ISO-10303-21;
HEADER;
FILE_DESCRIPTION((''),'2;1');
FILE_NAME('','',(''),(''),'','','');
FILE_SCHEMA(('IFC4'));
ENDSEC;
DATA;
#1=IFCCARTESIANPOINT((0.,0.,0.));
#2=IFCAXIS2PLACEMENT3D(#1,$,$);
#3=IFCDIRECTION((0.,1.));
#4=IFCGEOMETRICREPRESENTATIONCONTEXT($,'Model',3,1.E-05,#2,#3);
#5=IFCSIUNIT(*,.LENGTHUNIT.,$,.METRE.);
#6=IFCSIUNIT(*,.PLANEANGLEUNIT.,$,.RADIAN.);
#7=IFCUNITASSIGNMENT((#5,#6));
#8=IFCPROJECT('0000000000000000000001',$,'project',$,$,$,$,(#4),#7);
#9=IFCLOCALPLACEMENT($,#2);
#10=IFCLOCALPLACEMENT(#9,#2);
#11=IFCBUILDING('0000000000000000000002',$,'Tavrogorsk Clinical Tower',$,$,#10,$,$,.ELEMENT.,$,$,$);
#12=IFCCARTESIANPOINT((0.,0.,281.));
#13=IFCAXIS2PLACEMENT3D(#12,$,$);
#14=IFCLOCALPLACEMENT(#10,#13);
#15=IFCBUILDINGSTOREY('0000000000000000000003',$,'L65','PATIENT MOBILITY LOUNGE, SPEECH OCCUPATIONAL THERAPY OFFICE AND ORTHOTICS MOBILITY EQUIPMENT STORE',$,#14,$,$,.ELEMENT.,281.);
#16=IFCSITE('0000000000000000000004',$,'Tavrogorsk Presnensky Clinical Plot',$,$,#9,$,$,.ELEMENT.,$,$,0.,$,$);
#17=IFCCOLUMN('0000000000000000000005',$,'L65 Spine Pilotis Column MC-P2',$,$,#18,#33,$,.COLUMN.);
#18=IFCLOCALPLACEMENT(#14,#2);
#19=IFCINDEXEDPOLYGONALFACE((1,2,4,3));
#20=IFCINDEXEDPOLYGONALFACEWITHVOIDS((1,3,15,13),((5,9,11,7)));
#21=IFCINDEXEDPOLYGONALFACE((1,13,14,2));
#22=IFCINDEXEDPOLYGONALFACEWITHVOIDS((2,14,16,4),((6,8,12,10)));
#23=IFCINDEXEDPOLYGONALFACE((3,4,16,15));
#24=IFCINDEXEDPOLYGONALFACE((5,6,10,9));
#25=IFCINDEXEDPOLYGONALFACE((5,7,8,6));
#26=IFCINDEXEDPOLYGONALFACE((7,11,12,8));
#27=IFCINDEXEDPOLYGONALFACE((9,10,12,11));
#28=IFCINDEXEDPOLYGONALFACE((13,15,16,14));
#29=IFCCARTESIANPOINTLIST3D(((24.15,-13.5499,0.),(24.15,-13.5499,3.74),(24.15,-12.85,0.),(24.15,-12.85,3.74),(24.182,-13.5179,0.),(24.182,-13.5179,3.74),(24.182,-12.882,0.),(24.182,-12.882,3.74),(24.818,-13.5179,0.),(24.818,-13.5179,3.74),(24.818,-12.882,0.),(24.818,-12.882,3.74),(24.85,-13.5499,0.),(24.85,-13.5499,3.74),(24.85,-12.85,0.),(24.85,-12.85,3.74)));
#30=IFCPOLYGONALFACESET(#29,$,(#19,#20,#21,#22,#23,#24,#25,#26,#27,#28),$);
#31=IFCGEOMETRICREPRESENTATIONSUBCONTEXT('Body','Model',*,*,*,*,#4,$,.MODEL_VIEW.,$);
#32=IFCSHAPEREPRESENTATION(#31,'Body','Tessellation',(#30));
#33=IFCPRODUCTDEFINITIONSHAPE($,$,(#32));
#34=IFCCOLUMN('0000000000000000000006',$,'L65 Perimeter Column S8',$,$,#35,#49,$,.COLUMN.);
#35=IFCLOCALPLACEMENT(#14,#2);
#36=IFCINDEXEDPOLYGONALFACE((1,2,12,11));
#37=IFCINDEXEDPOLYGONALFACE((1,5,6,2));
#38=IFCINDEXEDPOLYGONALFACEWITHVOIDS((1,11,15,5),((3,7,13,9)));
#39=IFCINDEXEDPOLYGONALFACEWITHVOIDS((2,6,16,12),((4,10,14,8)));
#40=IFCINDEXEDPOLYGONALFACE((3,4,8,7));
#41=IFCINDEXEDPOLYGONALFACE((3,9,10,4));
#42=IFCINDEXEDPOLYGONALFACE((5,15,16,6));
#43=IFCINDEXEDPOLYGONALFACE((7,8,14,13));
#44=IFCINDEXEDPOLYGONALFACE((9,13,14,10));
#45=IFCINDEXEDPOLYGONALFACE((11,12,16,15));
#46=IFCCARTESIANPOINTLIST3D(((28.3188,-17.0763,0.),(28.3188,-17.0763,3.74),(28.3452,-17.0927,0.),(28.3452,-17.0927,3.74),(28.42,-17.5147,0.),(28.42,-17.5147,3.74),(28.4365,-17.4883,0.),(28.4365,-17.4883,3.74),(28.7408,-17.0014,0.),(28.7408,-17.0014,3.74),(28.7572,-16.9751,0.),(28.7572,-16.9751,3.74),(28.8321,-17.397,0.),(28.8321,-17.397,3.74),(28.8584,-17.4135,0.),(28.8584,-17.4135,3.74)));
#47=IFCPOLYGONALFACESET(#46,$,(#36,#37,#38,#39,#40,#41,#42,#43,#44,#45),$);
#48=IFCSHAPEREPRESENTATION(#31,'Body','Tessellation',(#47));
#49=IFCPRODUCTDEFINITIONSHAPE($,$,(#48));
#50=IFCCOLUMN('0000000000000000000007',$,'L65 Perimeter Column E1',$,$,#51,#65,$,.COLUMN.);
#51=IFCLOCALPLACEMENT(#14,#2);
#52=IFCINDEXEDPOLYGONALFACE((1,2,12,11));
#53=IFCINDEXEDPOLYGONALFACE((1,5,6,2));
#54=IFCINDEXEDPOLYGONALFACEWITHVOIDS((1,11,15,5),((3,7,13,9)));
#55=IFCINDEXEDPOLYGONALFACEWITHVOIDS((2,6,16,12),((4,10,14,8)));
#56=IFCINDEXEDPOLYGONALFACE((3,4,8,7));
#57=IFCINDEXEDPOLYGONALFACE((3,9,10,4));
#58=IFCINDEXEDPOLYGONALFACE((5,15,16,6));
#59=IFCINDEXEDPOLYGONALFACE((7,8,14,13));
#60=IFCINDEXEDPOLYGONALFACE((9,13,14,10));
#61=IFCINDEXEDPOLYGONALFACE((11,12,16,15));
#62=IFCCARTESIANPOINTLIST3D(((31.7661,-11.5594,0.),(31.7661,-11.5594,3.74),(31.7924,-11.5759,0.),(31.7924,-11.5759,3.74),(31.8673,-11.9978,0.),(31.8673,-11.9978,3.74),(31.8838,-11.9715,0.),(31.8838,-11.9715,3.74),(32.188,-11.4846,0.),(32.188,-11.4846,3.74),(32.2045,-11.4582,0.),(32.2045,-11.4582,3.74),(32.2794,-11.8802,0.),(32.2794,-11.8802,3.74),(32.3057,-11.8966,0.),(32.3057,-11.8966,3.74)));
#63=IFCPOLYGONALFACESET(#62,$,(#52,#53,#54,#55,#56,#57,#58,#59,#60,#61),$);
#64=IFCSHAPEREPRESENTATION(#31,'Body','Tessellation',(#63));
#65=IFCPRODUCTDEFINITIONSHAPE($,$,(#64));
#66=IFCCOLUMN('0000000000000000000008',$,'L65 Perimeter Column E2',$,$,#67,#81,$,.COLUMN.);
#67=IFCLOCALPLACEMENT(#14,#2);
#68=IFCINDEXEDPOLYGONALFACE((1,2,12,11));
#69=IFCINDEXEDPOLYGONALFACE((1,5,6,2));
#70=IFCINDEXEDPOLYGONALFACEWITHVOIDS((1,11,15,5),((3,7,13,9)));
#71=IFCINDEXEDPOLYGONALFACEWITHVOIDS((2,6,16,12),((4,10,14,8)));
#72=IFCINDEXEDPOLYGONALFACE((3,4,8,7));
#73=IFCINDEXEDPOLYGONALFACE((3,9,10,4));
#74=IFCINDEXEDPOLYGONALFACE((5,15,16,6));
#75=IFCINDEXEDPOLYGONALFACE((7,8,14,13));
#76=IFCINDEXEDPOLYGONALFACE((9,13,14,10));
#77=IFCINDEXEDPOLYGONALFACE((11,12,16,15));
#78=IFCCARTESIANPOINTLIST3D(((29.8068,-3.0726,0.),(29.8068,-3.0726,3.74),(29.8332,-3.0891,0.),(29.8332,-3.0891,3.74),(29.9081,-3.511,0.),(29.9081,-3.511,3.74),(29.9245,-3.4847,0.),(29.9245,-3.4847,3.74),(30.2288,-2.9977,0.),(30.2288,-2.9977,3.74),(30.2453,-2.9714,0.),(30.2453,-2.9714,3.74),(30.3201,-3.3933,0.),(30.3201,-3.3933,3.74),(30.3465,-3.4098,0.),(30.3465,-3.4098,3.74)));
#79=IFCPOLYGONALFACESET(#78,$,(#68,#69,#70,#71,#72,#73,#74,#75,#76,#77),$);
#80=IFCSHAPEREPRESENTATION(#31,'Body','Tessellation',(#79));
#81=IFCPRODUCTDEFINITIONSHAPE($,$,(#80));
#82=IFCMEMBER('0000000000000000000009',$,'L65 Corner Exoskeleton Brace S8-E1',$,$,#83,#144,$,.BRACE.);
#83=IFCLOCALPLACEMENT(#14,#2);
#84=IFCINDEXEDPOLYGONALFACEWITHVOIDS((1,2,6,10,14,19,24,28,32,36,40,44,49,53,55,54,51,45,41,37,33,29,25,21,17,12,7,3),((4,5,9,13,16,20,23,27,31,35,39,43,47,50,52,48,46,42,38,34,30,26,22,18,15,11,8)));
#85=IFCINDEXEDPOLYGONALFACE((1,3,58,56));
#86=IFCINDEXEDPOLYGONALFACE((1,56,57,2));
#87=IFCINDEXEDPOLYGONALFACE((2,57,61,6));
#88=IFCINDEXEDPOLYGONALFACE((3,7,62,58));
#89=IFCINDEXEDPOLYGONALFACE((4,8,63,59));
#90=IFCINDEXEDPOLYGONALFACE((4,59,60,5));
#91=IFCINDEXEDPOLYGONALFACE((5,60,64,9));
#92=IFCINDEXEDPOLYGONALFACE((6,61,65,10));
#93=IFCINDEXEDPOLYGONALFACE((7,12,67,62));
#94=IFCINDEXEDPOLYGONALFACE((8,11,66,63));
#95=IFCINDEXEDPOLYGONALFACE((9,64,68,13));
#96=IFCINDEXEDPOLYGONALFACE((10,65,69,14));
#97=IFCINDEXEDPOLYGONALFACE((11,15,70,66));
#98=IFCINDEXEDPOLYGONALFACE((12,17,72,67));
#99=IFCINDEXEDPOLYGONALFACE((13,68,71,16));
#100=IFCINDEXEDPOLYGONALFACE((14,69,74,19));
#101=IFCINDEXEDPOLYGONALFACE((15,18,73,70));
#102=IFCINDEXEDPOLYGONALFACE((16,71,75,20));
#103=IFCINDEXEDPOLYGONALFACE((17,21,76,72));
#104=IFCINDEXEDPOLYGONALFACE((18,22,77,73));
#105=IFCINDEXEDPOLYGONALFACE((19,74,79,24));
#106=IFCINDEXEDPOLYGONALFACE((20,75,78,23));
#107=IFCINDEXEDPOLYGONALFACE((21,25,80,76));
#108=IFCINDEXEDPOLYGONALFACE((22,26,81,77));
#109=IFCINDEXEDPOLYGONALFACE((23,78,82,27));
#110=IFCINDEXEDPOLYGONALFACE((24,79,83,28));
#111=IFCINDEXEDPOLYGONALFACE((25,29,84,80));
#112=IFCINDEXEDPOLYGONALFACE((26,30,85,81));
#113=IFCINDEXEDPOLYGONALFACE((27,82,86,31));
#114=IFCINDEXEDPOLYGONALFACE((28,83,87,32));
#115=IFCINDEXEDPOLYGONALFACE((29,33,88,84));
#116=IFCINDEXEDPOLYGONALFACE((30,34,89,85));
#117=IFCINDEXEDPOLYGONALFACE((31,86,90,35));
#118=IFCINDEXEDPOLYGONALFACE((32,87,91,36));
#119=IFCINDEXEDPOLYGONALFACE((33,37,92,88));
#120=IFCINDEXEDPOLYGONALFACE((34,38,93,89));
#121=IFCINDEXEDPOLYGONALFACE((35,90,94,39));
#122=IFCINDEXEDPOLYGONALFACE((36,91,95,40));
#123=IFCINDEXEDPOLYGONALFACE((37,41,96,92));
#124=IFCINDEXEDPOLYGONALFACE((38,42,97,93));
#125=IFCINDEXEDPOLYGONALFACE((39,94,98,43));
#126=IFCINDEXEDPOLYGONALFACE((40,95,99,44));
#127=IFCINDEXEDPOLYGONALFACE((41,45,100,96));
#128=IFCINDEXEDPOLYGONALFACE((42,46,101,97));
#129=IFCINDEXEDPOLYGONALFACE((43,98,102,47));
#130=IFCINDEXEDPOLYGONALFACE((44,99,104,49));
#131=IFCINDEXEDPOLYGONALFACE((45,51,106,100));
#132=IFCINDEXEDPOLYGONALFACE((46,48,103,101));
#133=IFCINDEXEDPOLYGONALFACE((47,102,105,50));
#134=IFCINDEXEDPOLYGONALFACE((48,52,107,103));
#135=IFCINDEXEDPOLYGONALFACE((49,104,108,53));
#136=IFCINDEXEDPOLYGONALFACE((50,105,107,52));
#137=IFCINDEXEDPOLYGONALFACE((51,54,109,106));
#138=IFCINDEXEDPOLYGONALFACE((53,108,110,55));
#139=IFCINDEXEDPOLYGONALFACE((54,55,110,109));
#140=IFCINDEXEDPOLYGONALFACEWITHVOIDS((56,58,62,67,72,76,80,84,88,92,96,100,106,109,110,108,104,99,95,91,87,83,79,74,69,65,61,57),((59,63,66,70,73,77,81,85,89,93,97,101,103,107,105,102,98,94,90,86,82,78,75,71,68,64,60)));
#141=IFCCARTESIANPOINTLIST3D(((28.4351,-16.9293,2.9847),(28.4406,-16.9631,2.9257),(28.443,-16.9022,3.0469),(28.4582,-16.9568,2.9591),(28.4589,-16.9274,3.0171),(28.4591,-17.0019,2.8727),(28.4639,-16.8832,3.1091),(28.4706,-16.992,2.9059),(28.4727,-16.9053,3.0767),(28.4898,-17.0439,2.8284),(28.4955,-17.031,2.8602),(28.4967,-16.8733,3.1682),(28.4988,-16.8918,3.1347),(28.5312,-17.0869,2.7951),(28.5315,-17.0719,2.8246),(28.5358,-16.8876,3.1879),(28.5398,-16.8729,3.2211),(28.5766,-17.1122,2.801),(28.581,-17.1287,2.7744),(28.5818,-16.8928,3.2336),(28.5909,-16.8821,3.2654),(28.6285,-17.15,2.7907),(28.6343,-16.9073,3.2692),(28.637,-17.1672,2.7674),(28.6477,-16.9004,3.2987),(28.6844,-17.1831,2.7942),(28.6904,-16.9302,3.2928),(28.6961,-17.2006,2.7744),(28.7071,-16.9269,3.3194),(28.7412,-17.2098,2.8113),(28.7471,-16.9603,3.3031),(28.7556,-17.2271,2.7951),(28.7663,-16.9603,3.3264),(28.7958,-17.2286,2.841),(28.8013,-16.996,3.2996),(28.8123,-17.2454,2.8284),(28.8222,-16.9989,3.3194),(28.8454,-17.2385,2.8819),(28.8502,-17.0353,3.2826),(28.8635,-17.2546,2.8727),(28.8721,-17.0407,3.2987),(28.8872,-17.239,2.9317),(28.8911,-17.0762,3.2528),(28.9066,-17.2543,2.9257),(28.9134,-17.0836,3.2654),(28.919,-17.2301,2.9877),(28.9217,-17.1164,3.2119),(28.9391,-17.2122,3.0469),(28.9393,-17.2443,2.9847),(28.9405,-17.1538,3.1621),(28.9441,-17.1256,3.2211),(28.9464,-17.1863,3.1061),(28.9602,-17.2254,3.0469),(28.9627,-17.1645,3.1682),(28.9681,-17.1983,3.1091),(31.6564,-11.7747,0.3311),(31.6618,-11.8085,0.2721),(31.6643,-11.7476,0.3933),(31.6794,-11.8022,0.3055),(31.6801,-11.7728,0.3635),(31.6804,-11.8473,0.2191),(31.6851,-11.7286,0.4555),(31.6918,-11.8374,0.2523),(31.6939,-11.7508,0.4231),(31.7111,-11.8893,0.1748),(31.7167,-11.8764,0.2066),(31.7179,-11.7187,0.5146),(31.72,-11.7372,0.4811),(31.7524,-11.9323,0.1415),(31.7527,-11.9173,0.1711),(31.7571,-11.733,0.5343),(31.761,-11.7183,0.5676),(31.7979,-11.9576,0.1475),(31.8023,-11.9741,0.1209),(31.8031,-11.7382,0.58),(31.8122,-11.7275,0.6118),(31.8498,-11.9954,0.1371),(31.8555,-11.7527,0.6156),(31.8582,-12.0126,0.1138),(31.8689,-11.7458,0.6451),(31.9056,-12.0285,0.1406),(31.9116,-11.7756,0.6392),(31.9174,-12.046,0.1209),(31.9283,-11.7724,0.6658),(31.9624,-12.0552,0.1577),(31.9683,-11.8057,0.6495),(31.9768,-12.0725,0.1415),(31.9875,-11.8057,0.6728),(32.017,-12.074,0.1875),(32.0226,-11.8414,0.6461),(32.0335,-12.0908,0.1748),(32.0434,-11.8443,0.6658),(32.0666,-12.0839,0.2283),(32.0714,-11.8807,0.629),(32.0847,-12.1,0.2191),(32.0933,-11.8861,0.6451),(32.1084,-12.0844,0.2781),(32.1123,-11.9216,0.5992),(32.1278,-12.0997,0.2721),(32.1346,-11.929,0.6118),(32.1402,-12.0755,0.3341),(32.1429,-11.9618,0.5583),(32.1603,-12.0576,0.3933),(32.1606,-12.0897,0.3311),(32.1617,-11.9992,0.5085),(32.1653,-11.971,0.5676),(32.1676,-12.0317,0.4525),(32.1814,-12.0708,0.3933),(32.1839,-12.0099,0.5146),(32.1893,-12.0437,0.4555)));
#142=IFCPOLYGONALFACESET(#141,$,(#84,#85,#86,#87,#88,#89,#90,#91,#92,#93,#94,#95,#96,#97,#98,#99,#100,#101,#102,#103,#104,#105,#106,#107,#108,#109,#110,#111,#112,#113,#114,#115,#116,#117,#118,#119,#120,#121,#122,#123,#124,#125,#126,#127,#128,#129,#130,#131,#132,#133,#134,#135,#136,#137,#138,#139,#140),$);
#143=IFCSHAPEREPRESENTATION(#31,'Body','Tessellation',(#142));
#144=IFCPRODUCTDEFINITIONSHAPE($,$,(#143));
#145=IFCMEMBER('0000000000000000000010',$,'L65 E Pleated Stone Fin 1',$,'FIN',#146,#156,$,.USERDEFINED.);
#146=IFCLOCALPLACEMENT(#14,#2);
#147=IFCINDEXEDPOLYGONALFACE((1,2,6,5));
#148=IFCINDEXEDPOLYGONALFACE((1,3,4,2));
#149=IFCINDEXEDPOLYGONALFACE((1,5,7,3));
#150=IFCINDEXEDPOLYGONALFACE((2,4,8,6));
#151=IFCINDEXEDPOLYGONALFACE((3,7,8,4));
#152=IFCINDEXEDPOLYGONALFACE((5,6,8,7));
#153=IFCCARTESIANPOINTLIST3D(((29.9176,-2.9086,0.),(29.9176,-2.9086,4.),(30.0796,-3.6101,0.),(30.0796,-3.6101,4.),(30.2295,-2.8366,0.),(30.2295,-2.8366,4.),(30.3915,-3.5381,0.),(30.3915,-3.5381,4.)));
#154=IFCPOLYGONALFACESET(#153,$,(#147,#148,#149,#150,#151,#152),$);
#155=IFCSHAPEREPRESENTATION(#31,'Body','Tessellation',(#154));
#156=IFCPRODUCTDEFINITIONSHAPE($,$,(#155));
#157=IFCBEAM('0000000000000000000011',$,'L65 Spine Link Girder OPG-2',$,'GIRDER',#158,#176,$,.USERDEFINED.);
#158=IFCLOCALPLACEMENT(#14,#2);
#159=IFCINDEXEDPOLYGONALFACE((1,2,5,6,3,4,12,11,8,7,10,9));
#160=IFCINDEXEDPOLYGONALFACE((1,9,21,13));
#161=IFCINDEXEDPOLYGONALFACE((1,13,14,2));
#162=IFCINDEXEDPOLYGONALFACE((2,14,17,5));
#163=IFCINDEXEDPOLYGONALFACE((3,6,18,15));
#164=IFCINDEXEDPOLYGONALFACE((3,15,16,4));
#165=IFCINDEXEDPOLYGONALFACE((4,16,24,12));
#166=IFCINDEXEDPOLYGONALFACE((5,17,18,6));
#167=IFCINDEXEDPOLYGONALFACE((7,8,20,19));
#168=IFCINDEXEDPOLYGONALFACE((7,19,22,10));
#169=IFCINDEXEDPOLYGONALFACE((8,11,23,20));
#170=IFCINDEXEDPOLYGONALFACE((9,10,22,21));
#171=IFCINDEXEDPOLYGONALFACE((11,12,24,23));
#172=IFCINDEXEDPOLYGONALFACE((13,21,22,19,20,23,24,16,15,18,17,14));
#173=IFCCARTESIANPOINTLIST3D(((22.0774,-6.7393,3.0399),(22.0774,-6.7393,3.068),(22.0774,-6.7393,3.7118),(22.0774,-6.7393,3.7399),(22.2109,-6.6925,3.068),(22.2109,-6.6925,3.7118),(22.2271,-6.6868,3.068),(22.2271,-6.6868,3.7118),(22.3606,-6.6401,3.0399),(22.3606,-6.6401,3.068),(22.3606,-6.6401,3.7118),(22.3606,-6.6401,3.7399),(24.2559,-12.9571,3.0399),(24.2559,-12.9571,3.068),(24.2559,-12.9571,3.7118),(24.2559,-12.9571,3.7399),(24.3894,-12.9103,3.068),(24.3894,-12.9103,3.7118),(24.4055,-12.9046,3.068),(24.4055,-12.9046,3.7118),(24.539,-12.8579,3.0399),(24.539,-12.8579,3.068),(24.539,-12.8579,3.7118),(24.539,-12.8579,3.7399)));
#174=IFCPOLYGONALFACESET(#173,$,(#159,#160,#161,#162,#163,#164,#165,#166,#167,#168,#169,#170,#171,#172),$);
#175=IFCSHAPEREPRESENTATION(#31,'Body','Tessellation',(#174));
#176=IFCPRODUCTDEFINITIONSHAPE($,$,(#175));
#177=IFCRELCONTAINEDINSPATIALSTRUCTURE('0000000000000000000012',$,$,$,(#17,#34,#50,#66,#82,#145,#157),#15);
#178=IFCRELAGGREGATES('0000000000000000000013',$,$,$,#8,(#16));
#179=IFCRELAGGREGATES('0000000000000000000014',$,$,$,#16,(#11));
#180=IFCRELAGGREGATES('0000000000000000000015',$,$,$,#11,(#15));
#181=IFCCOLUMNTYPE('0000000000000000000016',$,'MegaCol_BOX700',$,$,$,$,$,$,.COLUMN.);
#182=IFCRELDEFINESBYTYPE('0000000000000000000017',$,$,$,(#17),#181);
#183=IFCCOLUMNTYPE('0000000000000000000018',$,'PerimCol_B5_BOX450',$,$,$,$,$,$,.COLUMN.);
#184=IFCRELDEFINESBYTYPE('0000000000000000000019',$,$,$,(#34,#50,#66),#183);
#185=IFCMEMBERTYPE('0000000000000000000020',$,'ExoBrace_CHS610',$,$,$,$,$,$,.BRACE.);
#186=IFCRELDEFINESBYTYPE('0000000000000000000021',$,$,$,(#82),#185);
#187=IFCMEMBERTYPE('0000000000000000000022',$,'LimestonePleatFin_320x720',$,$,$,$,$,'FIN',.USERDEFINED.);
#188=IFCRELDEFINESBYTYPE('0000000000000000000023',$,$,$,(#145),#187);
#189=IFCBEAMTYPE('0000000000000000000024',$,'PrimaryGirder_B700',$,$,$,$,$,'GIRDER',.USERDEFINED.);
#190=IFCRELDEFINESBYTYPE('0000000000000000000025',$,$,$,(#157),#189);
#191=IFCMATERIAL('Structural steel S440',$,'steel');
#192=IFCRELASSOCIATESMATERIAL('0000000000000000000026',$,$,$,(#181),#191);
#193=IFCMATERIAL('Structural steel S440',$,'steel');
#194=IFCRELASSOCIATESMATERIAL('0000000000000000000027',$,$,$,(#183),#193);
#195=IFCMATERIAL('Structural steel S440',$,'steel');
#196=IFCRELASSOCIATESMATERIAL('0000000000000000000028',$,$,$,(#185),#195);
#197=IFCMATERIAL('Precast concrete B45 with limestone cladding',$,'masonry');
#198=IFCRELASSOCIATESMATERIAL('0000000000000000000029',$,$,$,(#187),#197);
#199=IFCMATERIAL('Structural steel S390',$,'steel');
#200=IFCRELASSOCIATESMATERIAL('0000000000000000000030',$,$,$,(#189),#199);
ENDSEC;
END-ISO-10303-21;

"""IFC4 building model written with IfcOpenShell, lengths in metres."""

from ifc_helpers import new_model, si_unit, direction, frame, origin, origin_2d, place, context, subcontext, project, spatial, rectangle, hollow_rectangle, hollow_circle, i_section, extrude, material, material_profile, profile_set, type_object, element, save


model = new_model("IFC4")

# Units and contexts
model_context = context("Model", 3, precision=1e-05, world=origin(), true_north=direction((0.0, 1.0)))
body_context = subcontext(model_context, "Body", "Model", "MODEL_VIEW")
ifc_project = project(units=[si_unit("LENGTHUNIT", "METRE"), si_unit("PLANEANGLEUNIT", "RADIAN")], contexts=[model_context])

# Site, building, storey
site_placement = place(None, origin())
site = spatial("IfcSite", under=ifc_project, at=site_placement, Name="Tavrogorsk Presnensky Clinical Plot", CompositionType="ELEMENT", RefElevation=0.0)
building_placement = place(site_placement, origin())
building = spatial("IfcBuilding", under=site, at=building_placement, Name="Tavrogorsk Clinical Tower", CompositionType="ELEMENT")
storey_placement = place(building_placement, frame((0.0, 0.0, 281.0)))
storey = spatial("IfcBuildingStorey", under=building, at=storey_placement, Name="L65", Description="PATIENT MOBILITY LOUNGE, SPEECH OCCUPATIONAL THERAPY OFFICE AND ORTHOTICS MOBILITY EQUIPMENT STORE", CompositionType="ELEMENT", Elevation=281.0)

# Columns
ifc_material_1 = material(Name="Structural steel S440", Category="steel")
ifc_material_profile_1 = material_profile(ifc_material_1, hollow_rectangle(XDim=0.7, YDim=0.7, WallThickness=0.032, at=origin_2d()), Name="BOX-700x700x32")
ifc_profile_set_1 = profile_set([ifc_material_profile_1], Name="Structural steel S440")
column_type_1 = type_object("IfcColumnType", Name="MegaCol_BOX700", PredefinedType="COLUMN", material=ifc_profile_set_1)
column_placement = place(storey_placement, frame((24.5, -13.2, 0.0), z_axis=(0.0, 0.0, 1.0), x_axis=(1.0, 0.0, 0.0)))
element("IfcColumn", 1, at=column_placement, inside=storey, type_object=column_type_1, Name="L65 Spine Pilotis Column MC-P2", PredefinedType="COLUMN", context=body_context, shape_type="SweptSolid", body=[
    extrude(hollow_rectangle(XDim=0.7, YDim=0.7, WallThickness=0.032, at=origin_2d()), origin(), (0.0, 0.0, 1.0), 3.74),
])
ifc_material_2 = material(Name="Structural steel S440", Category="steel")
ifc_material_profile_2 = material_profile(ifc_material_2, hollow_rectangle(XDim=0.45, YDim=0.45, WallThickness=0.022, at=origin_2d()), Name="BOX-450x450x22")
ifc_profile_set_2 = profile_set([ifc_material_profile_2], Name="Structural steel S440")
column_type_2 = type_object("IfcColumnType", Name="PerimCol_B5_BOX450", PredefinedType="COLUMN", material=ifc_profile_set_2)
for number, where, z_axis, x_axis, name in (
    (2, (28.5886, -17.2449, 0.0), (0.0, 0.0, 1.0), (0.97437, 0.224951, 0.0), "L65 Perimeter Column S8"),
    (3, (32.0359, -11.728, 0.0), (0.0, 0.0, 1.0), (0.97437, 0.224951, 0.0), "L65 Perimeter Column E1"),
    (4, (30.0767, -3.2412, 0.0), (0.0, 0.0, 1.0), (0.97437, 0.224951, 0.0), "L65 Perimeter Column E2"),
):
    element("IfcColumn", number, at=place(storey_placement, frame(where, z_axis=z_axis, x_axis=x_axis)), inside=storey, type_object=column_type_2, Name=name, PredefinedType="COLUMN", context=body_context, shape_type="SweptSolid", body=[
        extrude(hollow_rectangle(XDim=0.45, YDim=0.45, WallThickness=0.022, at=origin_2d()), origin(), (0.0, 0.0, 1.0), 3.74),
    ])

# Members
ifc_material_3 = material(Name="Structural steel S440", Category="steel")
ifc_material_profile_3 = material_profile(ifc_material_3, hollow_circle(Radius=0.3049, WallThickness=0.0249, at=origin_2d()), Name="CHS-610x25")
ifc_profile_set_3 = profile_set([ifc_material_profile_3], Name="Structural steel S440")
member_type_1 = type_object("IfcMemberType", Name="ExoBrace_CHS610", PredefinedType="BRACE", material=ifc_profile_set_3)
member_1_placement = place(storey_placement, frame((31.9229, -11.9092, 0.3933), z_axis=(-0.485686, -0.777193, 0.4001), x_axis=(0.848028, -0.529952, 0.0)))
element("IfcMember", 5, at=member_1_placement, inside=storey, type_object=member_type_1, Name="L65 Corner Exoskeleton Brace S8-E1", PredefinedType="BRACE", context=body_context, shape_type="SweptSolid", body=[
    extrude(hollow_circle(Radius=0.3049, WallThickness=0.0249, at=origin_2d()), origin(), (0.0, 0.0, 1.0), 6.6323),
])
ifc_material_4 = material(Name="Precast concrete B45 with limestone cladding", Category="masonry")
ifc_material_profile_4 = material_profile(ifc_material_4, rectangle(XDim=0.3201, YDim=0.72, at=origin_2d()), Name="LIMESTONE-FIN-320x720")
ifc_profile_set_4 = profile_set([ifc_material_profile_4], Name="Precast concrete B45 with limestone cladding")
member_type_2 = type_object("IfcMemberType", Name="LimestonePleatFin_320x720", ElementType="FIN", PredefinedType="USERDEFINED", material=ifc_profile_set_4)
member_2_placement = place(storey_placement, frame((30.1545, -3.2234, 0.0), z_axis=(0.0, 0.0, 1.0), x_axis=(0.97437, 0.224951, 0.0)))
element("IfcMember", 6, at=member_2_placement, inside=storey, type_object=member_type_2, Name="L65 E Pleated Stone Fin 1", ObjectType="FIN", PredefinedType="USERDEFINED", context=body_context, shape_type="SweptSolid", body=[
    extrude(rectangle(XDim=0.3201, YDim=0.72, at=origin_2d()), origin(), (0.0, 0.0, 1.0), 4.0),
])

# Beam
ifc_material_5 = material(Name="Structural steel S390", Category="steel")
ifc_material_profile_5 = material_profile(ifc_material_5, i_section(OverallWidth=0.3, OverallDepth=0.7, WebThickness=0.0171, FlangeThickness=0.0281, at=origin_2d()), Name="B-700x300x17x28")
ifc_profile_set_5 = profile_set([ifc_material_profile_5], Name="Structural steel S390")
beam_type_1 = type_object("IfcBeamType", Name="PrimaryGirder_B700", ElementType="GIRDER", PredefinedType="USERDEFINED", material=ifc_profile_set_5)
beam_1_placement = place(storey_placement, frame((24.3975, -12.9075, 3.3899), z_axis=(-0.330654, 0.943752, 0.0), x_axis=(-0.943752, -0.330654, 0.0)))
element("IfcBeam", 7, at=beam_1_placement, inside=storey, type_object=beam_type_1, Name="L65 Spine Link Girder OPG-2", ObjectType="GIRDER", PredefinedType="USERDEFINED", context=body_context, shape_type="SweptSolid", body=[
    extrude(i_section(OverallWidth=0.3, OverallDepth=0.7, WebThickness=0.0171, FlangeThickness=0.0281, at=origin_2d()), origin(), (0.0, 0.0, 1.0), 6.5884),
])

save(model, "model.ifc")
